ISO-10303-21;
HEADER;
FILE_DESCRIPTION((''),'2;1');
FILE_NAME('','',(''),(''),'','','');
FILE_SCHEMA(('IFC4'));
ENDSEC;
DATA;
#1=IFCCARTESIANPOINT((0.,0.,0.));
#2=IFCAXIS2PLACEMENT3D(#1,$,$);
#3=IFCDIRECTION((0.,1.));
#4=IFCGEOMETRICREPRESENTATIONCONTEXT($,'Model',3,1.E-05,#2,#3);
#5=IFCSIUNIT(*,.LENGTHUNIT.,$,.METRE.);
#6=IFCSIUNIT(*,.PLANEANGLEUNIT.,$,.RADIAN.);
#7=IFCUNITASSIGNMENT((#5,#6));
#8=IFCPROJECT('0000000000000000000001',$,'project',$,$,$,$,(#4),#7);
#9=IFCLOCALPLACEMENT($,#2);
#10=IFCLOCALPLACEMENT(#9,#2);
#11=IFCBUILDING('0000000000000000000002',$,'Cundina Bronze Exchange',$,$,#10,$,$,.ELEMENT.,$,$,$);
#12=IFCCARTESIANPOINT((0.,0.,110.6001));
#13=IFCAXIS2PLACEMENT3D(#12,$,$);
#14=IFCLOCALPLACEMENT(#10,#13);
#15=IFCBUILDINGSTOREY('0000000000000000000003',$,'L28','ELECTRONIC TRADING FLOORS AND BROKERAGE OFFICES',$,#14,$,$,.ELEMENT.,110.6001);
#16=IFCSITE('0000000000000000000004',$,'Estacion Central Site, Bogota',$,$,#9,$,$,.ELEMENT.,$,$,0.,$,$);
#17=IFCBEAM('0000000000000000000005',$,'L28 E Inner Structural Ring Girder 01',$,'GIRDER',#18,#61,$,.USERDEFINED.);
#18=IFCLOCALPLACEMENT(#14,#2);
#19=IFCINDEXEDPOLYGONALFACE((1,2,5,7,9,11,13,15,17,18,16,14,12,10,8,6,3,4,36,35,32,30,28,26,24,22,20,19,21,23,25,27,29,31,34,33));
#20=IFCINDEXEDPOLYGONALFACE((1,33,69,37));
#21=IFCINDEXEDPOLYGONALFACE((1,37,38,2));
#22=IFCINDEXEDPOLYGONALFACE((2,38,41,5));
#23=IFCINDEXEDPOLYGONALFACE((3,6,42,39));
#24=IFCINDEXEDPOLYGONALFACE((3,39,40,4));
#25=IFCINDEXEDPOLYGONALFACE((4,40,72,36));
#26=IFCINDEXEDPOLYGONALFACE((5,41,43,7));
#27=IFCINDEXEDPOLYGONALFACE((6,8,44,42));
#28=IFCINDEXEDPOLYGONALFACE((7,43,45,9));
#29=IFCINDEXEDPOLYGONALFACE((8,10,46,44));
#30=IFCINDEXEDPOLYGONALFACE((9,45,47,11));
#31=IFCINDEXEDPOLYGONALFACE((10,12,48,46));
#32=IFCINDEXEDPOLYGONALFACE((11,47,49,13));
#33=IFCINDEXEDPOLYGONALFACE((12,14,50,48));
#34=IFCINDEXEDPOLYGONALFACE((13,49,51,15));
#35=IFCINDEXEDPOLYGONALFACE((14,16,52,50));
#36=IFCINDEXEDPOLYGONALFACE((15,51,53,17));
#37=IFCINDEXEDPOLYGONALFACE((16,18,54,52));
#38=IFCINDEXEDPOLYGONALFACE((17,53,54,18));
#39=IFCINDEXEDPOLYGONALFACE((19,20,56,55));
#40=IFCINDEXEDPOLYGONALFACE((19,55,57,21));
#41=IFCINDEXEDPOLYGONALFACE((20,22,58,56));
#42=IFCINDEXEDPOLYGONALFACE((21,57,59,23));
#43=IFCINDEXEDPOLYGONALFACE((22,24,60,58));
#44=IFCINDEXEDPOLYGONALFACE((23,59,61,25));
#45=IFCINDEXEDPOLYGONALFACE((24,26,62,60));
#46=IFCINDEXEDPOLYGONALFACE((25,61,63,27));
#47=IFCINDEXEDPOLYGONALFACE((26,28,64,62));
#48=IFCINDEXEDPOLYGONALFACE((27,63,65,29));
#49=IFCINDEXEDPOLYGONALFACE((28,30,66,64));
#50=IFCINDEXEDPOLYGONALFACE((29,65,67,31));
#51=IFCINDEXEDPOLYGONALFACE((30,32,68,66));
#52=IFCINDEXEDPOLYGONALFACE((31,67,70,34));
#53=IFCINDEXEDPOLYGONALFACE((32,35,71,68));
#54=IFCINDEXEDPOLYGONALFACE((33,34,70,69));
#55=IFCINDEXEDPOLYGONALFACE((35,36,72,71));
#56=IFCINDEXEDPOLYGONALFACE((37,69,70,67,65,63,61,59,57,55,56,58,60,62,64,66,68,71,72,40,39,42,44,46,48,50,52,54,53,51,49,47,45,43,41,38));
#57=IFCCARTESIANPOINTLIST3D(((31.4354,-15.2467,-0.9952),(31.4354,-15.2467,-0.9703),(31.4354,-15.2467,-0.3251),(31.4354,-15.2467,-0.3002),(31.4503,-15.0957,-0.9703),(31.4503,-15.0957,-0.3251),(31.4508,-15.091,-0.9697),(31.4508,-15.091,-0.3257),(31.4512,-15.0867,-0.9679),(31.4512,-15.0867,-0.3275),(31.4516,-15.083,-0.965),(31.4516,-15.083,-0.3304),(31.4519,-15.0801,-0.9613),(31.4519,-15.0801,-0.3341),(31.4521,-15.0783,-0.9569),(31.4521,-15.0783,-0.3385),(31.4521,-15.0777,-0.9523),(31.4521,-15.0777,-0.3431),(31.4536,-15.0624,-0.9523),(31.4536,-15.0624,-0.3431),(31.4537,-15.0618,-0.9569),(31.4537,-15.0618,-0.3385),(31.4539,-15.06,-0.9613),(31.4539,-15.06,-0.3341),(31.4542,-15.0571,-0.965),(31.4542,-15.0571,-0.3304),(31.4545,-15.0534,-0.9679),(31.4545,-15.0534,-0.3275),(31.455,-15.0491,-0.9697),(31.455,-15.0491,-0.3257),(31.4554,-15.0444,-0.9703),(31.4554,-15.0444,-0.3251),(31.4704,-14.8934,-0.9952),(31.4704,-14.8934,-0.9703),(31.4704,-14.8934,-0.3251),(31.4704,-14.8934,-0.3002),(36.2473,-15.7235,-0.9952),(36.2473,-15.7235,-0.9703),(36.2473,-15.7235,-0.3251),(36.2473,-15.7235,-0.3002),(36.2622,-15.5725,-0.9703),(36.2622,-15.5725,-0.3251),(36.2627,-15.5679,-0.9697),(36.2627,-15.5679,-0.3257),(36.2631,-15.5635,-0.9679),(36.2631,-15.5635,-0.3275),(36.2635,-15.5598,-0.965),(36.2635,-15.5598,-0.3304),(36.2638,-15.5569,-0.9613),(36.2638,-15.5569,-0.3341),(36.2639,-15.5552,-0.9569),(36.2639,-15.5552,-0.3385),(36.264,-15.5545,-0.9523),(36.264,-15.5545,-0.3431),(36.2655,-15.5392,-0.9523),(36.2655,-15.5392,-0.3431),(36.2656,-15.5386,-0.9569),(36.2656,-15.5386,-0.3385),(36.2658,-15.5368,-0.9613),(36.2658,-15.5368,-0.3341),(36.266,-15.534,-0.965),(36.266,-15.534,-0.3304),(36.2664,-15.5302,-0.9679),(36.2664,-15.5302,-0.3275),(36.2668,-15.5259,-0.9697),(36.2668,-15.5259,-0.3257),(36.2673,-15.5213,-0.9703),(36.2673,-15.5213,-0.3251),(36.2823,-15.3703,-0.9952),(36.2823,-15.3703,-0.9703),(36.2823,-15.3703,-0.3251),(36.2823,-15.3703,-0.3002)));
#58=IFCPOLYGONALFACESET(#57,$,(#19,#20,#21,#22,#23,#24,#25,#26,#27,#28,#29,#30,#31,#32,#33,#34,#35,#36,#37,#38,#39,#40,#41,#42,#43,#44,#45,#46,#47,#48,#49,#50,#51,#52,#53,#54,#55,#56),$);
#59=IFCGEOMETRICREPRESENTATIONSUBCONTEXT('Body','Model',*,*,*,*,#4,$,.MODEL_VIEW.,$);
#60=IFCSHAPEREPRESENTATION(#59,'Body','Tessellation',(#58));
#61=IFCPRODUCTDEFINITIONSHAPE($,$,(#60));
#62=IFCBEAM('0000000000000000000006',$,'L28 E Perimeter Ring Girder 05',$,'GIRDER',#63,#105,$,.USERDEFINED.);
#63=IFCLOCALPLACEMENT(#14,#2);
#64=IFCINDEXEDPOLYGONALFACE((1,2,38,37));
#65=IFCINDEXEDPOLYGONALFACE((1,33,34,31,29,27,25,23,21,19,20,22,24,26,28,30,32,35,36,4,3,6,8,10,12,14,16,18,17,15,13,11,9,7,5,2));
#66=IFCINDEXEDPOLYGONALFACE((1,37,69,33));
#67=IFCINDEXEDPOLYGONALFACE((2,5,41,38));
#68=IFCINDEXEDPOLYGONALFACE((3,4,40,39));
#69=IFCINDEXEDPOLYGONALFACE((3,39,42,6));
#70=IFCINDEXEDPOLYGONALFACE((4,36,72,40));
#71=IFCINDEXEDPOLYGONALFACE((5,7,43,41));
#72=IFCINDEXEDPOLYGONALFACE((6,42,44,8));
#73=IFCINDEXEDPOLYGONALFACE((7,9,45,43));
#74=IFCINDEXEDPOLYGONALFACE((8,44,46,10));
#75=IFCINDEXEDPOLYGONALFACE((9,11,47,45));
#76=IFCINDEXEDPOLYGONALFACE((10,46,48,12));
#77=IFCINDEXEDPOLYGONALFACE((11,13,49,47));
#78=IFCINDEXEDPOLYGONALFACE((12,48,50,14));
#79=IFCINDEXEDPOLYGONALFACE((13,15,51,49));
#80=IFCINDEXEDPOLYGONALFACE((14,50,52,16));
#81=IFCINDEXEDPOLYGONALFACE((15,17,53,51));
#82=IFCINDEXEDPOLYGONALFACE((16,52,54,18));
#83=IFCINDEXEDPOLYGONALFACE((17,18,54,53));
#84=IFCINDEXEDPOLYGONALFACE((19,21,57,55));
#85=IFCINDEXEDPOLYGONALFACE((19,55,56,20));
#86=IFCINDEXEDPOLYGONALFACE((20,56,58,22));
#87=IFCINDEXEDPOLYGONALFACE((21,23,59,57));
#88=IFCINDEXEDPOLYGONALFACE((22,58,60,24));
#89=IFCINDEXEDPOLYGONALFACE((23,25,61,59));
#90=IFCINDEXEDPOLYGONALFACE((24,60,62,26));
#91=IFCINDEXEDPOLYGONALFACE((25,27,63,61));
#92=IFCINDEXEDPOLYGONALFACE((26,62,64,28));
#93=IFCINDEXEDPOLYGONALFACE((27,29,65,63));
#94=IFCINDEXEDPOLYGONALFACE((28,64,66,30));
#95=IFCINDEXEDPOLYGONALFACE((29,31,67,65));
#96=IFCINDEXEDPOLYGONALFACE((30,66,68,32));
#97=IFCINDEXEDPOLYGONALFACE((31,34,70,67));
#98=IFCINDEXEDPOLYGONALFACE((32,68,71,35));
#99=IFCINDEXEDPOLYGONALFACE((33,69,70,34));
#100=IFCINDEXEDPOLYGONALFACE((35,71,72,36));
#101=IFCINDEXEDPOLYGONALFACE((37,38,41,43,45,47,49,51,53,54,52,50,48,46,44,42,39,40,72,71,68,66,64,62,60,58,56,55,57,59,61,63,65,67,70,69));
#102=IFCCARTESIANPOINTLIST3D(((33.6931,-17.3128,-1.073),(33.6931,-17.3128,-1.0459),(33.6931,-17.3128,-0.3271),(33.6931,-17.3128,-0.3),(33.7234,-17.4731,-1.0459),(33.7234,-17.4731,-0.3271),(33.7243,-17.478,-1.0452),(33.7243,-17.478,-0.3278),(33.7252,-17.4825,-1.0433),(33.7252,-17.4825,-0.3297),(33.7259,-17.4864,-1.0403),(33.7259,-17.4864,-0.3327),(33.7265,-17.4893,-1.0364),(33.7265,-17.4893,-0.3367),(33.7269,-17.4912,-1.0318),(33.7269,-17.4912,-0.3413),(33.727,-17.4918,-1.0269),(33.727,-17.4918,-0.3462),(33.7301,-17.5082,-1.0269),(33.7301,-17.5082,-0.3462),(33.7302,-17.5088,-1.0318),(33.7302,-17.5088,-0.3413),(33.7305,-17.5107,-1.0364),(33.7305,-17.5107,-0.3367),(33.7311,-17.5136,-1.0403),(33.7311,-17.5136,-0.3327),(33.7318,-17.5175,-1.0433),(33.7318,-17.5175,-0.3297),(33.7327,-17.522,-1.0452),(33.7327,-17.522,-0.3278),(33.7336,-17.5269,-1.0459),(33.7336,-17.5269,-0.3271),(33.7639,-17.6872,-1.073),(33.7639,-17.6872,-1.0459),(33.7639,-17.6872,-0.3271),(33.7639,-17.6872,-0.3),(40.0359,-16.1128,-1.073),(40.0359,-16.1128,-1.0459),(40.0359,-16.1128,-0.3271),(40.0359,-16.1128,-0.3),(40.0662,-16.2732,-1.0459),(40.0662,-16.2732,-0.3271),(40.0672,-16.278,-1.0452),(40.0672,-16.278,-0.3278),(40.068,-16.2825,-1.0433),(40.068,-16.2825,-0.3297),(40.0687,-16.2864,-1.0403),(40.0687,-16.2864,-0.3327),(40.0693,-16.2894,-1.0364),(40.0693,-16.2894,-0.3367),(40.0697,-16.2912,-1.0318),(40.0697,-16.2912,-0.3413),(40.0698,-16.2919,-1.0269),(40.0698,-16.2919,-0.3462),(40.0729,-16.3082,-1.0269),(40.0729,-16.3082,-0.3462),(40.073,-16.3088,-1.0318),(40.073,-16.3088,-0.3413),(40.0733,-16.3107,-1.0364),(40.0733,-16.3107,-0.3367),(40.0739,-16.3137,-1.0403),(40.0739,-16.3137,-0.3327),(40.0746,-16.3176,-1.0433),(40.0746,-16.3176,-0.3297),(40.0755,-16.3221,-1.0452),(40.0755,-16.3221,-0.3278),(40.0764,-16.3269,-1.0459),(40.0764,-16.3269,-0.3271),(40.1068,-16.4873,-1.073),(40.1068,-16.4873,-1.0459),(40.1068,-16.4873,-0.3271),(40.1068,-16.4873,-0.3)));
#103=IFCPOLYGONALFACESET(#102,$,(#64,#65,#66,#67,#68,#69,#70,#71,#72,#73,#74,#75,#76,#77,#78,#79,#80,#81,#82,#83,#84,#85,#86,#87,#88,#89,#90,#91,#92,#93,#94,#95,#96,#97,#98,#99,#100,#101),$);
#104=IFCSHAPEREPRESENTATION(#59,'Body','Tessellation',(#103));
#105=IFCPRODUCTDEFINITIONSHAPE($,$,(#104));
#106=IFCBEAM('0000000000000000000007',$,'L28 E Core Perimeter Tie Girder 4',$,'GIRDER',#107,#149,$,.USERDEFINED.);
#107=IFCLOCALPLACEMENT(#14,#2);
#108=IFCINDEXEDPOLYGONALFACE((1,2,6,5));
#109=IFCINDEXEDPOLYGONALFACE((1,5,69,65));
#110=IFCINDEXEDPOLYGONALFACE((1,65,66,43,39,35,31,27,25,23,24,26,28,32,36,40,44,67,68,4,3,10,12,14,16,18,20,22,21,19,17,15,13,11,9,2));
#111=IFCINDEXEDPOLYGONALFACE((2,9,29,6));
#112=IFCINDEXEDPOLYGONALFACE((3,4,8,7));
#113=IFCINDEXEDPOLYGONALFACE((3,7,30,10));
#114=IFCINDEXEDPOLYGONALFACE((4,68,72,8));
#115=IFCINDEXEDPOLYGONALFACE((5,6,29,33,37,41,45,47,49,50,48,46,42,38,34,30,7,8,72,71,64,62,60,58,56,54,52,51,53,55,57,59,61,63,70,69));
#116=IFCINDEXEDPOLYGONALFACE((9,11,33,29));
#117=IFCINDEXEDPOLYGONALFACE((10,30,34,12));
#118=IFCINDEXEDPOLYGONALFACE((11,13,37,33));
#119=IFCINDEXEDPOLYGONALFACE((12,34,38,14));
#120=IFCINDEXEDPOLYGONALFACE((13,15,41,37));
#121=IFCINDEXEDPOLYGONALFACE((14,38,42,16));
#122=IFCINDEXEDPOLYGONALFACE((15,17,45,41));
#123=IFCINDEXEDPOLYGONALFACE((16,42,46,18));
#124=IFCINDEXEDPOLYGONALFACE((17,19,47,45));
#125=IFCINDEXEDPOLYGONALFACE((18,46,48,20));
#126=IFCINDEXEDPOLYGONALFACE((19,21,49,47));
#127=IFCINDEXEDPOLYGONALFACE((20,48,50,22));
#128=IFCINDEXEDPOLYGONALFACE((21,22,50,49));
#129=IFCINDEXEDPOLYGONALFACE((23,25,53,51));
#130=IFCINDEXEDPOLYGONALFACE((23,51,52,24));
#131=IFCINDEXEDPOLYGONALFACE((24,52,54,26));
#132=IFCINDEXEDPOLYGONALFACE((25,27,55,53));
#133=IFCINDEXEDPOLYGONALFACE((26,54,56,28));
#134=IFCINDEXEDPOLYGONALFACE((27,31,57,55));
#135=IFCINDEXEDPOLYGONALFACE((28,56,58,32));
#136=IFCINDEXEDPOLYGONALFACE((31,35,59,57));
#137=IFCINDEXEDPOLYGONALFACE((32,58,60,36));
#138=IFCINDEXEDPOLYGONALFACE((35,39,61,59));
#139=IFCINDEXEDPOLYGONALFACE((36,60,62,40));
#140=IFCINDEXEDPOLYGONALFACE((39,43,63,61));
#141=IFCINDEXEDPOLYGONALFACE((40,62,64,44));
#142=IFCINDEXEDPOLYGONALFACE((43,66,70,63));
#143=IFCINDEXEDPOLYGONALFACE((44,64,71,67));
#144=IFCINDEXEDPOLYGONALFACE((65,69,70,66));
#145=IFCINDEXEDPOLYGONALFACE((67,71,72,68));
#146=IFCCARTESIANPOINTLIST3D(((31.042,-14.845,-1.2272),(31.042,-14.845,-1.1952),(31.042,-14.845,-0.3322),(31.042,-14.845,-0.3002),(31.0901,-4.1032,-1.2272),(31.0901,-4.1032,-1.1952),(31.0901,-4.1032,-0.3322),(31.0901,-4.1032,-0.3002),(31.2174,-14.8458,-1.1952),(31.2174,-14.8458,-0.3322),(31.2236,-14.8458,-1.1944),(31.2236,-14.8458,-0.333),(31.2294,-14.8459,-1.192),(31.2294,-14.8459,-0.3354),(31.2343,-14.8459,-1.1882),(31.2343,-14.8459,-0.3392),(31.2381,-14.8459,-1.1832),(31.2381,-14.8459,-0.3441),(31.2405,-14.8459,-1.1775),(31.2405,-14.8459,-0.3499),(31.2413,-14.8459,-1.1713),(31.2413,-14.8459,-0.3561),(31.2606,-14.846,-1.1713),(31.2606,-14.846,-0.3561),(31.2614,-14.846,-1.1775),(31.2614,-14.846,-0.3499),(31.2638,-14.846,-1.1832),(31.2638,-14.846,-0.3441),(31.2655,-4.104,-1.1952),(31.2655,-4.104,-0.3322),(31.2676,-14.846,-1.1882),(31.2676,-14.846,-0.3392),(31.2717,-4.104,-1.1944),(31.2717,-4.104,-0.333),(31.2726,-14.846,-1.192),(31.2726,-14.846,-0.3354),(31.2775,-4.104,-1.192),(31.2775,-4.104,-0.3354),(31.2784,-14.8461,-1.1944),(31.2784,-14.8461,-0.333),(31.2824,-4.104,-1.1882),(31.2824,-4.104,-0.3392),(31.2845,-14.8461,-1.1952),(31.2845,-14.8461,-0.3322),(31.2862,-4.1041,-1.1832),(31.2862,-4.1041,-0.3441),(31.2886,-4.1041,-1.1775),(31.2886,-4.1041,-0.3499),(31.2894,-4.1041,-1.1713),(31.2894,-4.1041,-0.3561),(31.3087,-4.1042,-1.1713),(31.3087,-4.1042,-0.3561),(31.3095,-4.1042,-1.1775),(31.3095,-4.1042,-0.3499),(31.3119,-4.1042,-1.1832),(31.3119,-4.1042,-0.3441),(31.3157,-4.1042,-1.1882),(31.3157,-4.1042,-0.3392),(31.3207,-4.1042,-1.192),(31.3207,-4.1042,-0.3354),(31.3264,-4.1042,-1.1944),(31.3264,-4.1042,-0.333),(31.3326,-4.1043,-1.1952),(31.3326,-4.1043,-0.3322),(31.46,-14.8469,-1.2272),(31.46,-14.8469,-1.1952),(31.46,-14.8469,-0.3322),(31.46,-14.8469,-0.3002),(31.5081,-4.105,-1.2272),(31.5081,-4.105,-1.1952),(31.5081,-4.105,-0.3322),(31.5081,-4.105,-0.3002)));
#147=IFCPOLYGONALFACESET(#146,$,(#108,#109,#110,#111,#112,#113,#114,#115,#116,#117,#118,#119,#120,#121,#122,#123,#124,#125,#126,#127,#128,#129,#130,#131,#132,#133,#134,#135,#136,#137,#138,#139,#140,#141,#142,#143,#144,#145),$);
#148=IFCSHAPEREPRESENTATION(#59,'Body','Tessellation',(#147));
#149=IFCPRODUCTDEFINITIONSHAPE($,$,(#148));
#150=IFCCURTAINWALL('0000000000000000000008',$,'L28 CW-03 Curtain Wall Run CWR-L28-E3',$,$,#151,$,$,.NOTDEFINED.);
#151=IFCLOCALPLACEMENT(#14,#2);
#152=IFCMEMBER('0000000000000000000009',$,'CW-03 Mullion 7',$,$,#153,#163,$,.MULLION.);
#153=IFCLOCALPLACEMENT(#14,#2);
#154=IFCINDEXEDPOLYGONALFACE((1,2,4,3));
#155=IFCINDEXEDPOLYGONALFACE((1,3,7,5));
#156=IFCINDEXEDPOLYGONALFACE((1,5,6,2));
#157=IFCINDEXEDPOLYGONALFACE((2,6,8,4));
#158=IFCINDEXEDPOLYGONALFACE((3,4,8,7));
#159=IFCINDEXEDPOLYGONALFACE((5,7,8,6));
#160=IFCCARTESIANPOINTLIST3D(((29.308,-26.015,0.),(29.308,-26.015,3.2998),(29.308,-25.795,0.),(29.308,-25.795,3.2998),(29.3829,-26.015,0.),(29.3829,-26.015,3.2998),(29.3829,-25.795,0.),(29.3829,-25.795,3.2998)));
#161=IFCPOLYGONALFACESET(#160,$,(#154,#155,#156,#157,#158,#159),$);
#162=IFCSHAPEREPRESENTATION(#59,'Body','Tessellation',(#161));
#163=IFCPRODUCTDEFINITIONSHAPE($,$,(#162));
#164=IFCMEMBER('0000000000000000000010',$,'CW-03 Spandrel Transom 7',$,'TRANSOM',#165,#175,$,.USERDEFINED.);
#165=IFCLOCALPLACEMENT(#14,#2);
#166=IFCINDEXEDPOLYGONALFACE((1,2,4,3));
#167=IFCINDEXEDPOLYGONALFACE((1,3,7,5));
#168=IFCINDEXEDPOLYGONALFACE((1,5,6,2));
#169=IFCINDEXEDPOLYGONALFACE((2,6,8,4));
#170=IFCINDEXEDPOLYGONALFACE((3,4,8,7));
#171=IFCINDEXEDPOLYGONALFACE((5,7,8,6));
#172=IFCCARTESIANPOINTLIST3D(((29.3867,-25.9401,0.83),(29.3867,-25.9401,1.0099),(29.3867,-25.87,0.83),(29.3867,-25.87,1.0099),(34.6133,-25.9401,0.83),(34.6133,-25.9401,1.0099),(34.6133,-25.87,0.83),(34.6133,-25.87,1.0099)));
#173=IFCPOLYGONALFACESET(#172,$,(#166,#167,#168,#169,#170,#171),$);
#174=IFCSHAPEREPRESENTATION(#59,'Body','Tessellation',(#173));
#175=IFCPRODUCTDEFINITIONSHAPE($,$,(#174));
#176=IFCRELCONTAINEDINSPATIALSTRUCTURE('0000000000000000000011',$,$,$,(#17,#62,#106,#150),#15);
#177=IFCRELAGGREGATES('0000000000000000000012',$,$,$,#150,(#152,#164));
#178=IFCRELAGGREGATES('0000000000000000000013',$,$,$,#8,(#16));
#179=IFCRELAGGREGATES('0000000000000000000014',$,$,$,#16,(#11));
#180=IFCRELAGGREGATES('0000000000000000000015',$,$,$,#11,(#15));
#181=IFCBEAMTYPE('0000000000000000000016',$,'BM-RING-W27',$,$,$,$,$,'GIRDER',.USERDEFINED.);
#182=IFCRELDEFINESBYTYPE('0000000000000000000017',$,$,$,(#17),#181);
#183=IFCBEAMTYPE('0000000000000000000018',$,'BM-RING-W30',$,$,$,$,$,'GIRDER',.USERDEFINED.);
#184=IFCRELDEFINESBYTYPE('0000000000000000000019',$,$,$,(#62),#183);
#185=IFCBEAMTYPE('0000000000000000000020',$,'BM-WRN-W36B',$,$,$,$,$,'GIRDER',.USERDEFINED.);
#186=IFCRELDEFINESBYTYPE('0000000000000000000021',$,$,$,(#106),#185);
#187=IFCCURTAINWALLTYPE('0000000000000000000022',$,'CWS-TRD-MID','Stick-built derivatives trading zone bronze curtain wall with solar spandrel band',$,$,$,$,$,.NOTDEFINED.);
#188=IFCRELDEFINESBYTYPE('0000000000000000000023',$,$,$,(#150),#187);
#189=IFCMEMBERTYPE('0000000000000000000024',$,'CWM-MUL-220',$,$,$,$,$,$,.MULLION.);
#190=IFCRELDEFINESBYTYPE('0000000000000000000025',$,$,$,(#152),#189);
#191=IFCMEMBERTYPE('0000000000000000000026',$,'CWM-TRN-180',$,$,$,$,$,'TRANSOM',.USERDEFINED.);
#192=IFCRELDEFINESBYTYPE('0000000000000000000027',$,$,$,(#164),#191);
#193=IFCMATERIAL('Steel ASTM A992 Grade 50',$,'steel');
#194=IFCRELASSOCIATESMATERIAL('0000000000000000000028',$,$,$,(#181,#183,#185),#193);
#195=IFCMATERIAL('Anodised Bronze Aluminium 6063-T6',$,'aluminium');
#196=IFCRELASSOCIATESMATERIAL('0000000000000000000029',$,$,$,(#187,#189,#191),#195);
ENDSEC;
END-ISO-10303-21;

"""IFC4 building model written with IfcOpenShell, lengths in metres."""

from ifc_helpers import new_model, si_unit, direction, frame, origin, origin_2d, place, context, subcontext, project, spatial, rectangle, i_section, extrude, material, material_profile, profile_set, type_object, element, aggregate, save


model = new_model("IFC4")

# Units and contexts
model_context = context("Model", 3, precision=1e-05, world=origin(), true_north=direction((0.0, 1.0)))
body_context = subcontext(model_context, "Body", "Model", "MODEL_VIEW")
ifc_project = project(units=[si_unit("LENGTHUNIT", "METRE"), si_unit("PLANEANGLEUNIT", "RADIAN")], contexts=[model_context])

# Site, building, storey
site_placement = place(None, origin())
site = spatial("IfcSite", under=ifc_project, at=site_placement, Name="Estacion Central Site, Bogota", CompositionType="ELEMENT", RefElevation=0.0)
building_placement = place(site_placement, origin())
building = spatial("IfcBuilding", under=site, at=building_placement, Name="Cundina Bronze Exchange", CompositionType="ELEMENT")
storey_placement = place(building_placement, frame((0.0, 0.0, 110.6001)))
storey = spatial("IfcBuildingStorey", under=building, at=storey_placement, Name="L28", Description="ELECTRONIC TRADING FLOORS AND BROKERAGE OFFICES", CompositionType="ELEMENT", Elevation=110.6001)

# Shared definitions
ifc_material_1 = material(Name="Steel ASTM A992 Grade 50", Category="steel")

# Beams
ifc_material_profile_1 = material_profile(ifc_material_1, i_section(OverallWidth=0.355, OverallDepth=0.6951, WebThickness=0.0154, FlangeThickness=0.0249, FilletRadius=0.0181, at=origin_2d()), Name="W27X146", Category="steel")
ifc_profile_set_1 = profile_set([ifc_material_profile_1], Name="Steel ASTM A992 Grade 50")
beam_type_1 = type_object("IfcBeamType", Name="BM-RING-W27", ElementType="GIRDER", PredefinedType="USERDEFINED", material=ifc_profile_set_1)
beam_1_placement = place(storey_placement, frame((31.4529, -15.0701, -0.6477), z_axis=(0.995126, -0.098609, 0.0), x_axis=(0.098609, 0.995126, 0.0)))
element("IfcBeam", 1, at=beam_1_placement, inside=storey, type_object=beam_type_1, Name="L28 E Inner Structural Ring Girder 01", ObjectType="GIRDER", PredefinedType="USERDEFINED", context=body_context, shape_type="SweptSolid", body=[
    extrude(i_section(OverallWidth=0.355, OverallDepth=0.6951, WebThickness=0.0154, FlangeThickness=0.0249, FilletRadius=0.0181, at=origin_2d()), origin(), (0.0, 0.0, 1.0), 4.8354),
])
ifc_material_profile_2 = material_profile(ifc_material_1, i_section(OverallWidth=0.3811, OverallDepth=0.7729, WebThickness=0.0166, FlangeThickness=0.0271, FilletRadius=0.019, at=origin_2d()), Name="W30X173", Category="steel")
ifc_profile_set_2 = profile_set([ifc_material_profile_2], Name="Steel ASTM A992 Grade 50")
beam_type_2 = type_object("IfcBeamType", Name="BM-RING-W30", ElementType="GIRDER", PredefinedType="USERDEFINED", material=ifc_profile_set_2)
beam_2_placement = place(storey_placement, frame((33.7285, -17.5, -0.6865), z_axis=(0.982571, 0.185887, 0.0), x_axis=(-0.185887, 0.982571, 0.0)))
element("IfcBeam", 2, at=beam_2_placement, inside=storey, type_object=beam_type_2, Name="L28 E Perimeter Ring Girder 05", ObjectType="GIRDER", PredefinedType="USERDEFINED", context=body_context, shape_type="SweptSolid", body=[
    extrude(i_section(OverallWidth=0.3811, OverallDepth=0.7729, WebThickness=0.0166, FlangeThickness=0.0271, FilletRadius=0.019, at=origin_2d()), origin(), (0.0, 0.0, 1.0), 6.4553),
])
ifc_material_profile_3 = material_profile(ifc_material_1, i_section(OverallWidth=0.418, OverallDepth=0.927, WebThickness=0.0193, FlangeThickness=0.032, FilletRadius=0.0239, at=origin_2d()), Name="W36X231", Category="steel")
ifc_profile_set_3 = profile_set([ifc_material_profile_3], Name="Steel ASTM A992 Grade 50")
beam_type_3 = type_object("IfcBeamType", Name="BM-WRN-W36B", ElementType="GIRDER", PredefinedType="USERDEFINED", material=ifc_profile_set_3)
beam_3_placement = place(storey_placement, frame((31.251, -14.8459, -0.7637), z_axis=(0.004477, 0.99999, 0.0), x_axis=(-0.99999, 0.004477, 0.0)))
element("IfcBeam", 3, at=beam_3_placement, inside=storey, type_object=beam_type_3, Name="L28 E Core Perimeter Tie Girder 4", ObjectType="GIRDER", PredefinedType="USERDEFINED", context=body_context, shape_type="SweptSolid", body=[
    extrude(i_section(OverallWidth=0.418, OverallDepth=0.927, WebThickness=0.0193, FlangeThickness=0.032, FilletRadius=0.0239, at=origin_2d()), origin(), (0.0, 0.0, 1.0), 10.7419),
])

# Curtain wall, members
ifc_material_2 = material(Name="Anodised Bronze Aluminium 6063-T6", Category="aluminium")
curtain_wall_type = type_object("IfcCurtainWallType", Name="CWS-TRD-MID", Description="Stick-built derivatives trading zone bronze curtain wall with solar spandrel band", PredefinedType="NOTDEFINED", material=ifc_material_2)
curtain_wall_placement = place(storey_placement, origin())
curtain_wall = element("IfcCurtainWall", 4, at=curtain_wall_placement, inside=storey, type_object=curtain_wall_type, Name="L28 CW-03 Curtain Wall Run CWR-L28-E3", PredefinedType="NOTDEFINED")
ifc_material_profile_4 = material_profile(ifc_material_2, rectangle(XDim=0.075, YDim=0.22, at=origin_2d()), Name="AL75X220", Category="aluminium")
ifc_profile_set_4 = profile_set([ifc_material_profile_4], Name="Anodised Bronze Aluminium 6063-T6")
member_type_1 = type_object("IfcMemberType", Name="CWM-MUL-220", PredefinedType="MULLION", material=ifc_profile_set_4)
member_1_placement = place(storey_placement, frame((29.3455, -25.905, 0.0), z_axis=(0.0, 0.0, 1.0), x_axis=(1.0, 0.0, 0.0)))
member_1 = element("IfcMember", 5, at=member_1_placement, type_object=member_type_1, Name="CW-03 Mullion 7", PredefinedType="MULLION", context=body_context, shape_type="SweptSolid", body=[
    extrude(rectangle(XDim=0.075, YDim=0.22, at=origin_2d()), origin(), (0.0, 0.0, 1.0), 3.2998),
])
ifc_material_profile_5 = material_profile(ifc_material_2, rectangle(XDim=0.0701, YDim=0.1799, at=origin_2d()), Name="AL70X180", Category="aluminium")
ifc_profile_set_5 = profile_set([ifc_material_profile_5], Name="Anodised Bronze Aluminium 6063-T6")
member_type_2 = type_object("IfcMemberType", Name="CWM-TRN-180", ElementType="TRANSOM", PredefinedType="USERDEFINED", material=ifc_profile_set_5)
member_2_placement = place(storey_placement, frame((29.3867, -25.905, 0.9199), z_axis=(1.0, 0.0, 0.0), x_axis=(0.0, 1.0, 0.0)))
member_2 = element("IfcMember", 6, at=member_2_placement, type_object=member_type_2, Name="CW-03 Spandrel Transom 7", ObjectType="TRANSOM", PredefinedType="USERDEFINED", context=body_context, shape_type="SweptSolid", body=[
    extrude(rectangle(XDim=0.0701, YDim=0.1799, at=origin_2d()), origin(), (0.0, 0.0, 1.0), 5.2266),
])
aggregate(curtain_wall, [member_1, member_2])

save(model, "model.ifc")
